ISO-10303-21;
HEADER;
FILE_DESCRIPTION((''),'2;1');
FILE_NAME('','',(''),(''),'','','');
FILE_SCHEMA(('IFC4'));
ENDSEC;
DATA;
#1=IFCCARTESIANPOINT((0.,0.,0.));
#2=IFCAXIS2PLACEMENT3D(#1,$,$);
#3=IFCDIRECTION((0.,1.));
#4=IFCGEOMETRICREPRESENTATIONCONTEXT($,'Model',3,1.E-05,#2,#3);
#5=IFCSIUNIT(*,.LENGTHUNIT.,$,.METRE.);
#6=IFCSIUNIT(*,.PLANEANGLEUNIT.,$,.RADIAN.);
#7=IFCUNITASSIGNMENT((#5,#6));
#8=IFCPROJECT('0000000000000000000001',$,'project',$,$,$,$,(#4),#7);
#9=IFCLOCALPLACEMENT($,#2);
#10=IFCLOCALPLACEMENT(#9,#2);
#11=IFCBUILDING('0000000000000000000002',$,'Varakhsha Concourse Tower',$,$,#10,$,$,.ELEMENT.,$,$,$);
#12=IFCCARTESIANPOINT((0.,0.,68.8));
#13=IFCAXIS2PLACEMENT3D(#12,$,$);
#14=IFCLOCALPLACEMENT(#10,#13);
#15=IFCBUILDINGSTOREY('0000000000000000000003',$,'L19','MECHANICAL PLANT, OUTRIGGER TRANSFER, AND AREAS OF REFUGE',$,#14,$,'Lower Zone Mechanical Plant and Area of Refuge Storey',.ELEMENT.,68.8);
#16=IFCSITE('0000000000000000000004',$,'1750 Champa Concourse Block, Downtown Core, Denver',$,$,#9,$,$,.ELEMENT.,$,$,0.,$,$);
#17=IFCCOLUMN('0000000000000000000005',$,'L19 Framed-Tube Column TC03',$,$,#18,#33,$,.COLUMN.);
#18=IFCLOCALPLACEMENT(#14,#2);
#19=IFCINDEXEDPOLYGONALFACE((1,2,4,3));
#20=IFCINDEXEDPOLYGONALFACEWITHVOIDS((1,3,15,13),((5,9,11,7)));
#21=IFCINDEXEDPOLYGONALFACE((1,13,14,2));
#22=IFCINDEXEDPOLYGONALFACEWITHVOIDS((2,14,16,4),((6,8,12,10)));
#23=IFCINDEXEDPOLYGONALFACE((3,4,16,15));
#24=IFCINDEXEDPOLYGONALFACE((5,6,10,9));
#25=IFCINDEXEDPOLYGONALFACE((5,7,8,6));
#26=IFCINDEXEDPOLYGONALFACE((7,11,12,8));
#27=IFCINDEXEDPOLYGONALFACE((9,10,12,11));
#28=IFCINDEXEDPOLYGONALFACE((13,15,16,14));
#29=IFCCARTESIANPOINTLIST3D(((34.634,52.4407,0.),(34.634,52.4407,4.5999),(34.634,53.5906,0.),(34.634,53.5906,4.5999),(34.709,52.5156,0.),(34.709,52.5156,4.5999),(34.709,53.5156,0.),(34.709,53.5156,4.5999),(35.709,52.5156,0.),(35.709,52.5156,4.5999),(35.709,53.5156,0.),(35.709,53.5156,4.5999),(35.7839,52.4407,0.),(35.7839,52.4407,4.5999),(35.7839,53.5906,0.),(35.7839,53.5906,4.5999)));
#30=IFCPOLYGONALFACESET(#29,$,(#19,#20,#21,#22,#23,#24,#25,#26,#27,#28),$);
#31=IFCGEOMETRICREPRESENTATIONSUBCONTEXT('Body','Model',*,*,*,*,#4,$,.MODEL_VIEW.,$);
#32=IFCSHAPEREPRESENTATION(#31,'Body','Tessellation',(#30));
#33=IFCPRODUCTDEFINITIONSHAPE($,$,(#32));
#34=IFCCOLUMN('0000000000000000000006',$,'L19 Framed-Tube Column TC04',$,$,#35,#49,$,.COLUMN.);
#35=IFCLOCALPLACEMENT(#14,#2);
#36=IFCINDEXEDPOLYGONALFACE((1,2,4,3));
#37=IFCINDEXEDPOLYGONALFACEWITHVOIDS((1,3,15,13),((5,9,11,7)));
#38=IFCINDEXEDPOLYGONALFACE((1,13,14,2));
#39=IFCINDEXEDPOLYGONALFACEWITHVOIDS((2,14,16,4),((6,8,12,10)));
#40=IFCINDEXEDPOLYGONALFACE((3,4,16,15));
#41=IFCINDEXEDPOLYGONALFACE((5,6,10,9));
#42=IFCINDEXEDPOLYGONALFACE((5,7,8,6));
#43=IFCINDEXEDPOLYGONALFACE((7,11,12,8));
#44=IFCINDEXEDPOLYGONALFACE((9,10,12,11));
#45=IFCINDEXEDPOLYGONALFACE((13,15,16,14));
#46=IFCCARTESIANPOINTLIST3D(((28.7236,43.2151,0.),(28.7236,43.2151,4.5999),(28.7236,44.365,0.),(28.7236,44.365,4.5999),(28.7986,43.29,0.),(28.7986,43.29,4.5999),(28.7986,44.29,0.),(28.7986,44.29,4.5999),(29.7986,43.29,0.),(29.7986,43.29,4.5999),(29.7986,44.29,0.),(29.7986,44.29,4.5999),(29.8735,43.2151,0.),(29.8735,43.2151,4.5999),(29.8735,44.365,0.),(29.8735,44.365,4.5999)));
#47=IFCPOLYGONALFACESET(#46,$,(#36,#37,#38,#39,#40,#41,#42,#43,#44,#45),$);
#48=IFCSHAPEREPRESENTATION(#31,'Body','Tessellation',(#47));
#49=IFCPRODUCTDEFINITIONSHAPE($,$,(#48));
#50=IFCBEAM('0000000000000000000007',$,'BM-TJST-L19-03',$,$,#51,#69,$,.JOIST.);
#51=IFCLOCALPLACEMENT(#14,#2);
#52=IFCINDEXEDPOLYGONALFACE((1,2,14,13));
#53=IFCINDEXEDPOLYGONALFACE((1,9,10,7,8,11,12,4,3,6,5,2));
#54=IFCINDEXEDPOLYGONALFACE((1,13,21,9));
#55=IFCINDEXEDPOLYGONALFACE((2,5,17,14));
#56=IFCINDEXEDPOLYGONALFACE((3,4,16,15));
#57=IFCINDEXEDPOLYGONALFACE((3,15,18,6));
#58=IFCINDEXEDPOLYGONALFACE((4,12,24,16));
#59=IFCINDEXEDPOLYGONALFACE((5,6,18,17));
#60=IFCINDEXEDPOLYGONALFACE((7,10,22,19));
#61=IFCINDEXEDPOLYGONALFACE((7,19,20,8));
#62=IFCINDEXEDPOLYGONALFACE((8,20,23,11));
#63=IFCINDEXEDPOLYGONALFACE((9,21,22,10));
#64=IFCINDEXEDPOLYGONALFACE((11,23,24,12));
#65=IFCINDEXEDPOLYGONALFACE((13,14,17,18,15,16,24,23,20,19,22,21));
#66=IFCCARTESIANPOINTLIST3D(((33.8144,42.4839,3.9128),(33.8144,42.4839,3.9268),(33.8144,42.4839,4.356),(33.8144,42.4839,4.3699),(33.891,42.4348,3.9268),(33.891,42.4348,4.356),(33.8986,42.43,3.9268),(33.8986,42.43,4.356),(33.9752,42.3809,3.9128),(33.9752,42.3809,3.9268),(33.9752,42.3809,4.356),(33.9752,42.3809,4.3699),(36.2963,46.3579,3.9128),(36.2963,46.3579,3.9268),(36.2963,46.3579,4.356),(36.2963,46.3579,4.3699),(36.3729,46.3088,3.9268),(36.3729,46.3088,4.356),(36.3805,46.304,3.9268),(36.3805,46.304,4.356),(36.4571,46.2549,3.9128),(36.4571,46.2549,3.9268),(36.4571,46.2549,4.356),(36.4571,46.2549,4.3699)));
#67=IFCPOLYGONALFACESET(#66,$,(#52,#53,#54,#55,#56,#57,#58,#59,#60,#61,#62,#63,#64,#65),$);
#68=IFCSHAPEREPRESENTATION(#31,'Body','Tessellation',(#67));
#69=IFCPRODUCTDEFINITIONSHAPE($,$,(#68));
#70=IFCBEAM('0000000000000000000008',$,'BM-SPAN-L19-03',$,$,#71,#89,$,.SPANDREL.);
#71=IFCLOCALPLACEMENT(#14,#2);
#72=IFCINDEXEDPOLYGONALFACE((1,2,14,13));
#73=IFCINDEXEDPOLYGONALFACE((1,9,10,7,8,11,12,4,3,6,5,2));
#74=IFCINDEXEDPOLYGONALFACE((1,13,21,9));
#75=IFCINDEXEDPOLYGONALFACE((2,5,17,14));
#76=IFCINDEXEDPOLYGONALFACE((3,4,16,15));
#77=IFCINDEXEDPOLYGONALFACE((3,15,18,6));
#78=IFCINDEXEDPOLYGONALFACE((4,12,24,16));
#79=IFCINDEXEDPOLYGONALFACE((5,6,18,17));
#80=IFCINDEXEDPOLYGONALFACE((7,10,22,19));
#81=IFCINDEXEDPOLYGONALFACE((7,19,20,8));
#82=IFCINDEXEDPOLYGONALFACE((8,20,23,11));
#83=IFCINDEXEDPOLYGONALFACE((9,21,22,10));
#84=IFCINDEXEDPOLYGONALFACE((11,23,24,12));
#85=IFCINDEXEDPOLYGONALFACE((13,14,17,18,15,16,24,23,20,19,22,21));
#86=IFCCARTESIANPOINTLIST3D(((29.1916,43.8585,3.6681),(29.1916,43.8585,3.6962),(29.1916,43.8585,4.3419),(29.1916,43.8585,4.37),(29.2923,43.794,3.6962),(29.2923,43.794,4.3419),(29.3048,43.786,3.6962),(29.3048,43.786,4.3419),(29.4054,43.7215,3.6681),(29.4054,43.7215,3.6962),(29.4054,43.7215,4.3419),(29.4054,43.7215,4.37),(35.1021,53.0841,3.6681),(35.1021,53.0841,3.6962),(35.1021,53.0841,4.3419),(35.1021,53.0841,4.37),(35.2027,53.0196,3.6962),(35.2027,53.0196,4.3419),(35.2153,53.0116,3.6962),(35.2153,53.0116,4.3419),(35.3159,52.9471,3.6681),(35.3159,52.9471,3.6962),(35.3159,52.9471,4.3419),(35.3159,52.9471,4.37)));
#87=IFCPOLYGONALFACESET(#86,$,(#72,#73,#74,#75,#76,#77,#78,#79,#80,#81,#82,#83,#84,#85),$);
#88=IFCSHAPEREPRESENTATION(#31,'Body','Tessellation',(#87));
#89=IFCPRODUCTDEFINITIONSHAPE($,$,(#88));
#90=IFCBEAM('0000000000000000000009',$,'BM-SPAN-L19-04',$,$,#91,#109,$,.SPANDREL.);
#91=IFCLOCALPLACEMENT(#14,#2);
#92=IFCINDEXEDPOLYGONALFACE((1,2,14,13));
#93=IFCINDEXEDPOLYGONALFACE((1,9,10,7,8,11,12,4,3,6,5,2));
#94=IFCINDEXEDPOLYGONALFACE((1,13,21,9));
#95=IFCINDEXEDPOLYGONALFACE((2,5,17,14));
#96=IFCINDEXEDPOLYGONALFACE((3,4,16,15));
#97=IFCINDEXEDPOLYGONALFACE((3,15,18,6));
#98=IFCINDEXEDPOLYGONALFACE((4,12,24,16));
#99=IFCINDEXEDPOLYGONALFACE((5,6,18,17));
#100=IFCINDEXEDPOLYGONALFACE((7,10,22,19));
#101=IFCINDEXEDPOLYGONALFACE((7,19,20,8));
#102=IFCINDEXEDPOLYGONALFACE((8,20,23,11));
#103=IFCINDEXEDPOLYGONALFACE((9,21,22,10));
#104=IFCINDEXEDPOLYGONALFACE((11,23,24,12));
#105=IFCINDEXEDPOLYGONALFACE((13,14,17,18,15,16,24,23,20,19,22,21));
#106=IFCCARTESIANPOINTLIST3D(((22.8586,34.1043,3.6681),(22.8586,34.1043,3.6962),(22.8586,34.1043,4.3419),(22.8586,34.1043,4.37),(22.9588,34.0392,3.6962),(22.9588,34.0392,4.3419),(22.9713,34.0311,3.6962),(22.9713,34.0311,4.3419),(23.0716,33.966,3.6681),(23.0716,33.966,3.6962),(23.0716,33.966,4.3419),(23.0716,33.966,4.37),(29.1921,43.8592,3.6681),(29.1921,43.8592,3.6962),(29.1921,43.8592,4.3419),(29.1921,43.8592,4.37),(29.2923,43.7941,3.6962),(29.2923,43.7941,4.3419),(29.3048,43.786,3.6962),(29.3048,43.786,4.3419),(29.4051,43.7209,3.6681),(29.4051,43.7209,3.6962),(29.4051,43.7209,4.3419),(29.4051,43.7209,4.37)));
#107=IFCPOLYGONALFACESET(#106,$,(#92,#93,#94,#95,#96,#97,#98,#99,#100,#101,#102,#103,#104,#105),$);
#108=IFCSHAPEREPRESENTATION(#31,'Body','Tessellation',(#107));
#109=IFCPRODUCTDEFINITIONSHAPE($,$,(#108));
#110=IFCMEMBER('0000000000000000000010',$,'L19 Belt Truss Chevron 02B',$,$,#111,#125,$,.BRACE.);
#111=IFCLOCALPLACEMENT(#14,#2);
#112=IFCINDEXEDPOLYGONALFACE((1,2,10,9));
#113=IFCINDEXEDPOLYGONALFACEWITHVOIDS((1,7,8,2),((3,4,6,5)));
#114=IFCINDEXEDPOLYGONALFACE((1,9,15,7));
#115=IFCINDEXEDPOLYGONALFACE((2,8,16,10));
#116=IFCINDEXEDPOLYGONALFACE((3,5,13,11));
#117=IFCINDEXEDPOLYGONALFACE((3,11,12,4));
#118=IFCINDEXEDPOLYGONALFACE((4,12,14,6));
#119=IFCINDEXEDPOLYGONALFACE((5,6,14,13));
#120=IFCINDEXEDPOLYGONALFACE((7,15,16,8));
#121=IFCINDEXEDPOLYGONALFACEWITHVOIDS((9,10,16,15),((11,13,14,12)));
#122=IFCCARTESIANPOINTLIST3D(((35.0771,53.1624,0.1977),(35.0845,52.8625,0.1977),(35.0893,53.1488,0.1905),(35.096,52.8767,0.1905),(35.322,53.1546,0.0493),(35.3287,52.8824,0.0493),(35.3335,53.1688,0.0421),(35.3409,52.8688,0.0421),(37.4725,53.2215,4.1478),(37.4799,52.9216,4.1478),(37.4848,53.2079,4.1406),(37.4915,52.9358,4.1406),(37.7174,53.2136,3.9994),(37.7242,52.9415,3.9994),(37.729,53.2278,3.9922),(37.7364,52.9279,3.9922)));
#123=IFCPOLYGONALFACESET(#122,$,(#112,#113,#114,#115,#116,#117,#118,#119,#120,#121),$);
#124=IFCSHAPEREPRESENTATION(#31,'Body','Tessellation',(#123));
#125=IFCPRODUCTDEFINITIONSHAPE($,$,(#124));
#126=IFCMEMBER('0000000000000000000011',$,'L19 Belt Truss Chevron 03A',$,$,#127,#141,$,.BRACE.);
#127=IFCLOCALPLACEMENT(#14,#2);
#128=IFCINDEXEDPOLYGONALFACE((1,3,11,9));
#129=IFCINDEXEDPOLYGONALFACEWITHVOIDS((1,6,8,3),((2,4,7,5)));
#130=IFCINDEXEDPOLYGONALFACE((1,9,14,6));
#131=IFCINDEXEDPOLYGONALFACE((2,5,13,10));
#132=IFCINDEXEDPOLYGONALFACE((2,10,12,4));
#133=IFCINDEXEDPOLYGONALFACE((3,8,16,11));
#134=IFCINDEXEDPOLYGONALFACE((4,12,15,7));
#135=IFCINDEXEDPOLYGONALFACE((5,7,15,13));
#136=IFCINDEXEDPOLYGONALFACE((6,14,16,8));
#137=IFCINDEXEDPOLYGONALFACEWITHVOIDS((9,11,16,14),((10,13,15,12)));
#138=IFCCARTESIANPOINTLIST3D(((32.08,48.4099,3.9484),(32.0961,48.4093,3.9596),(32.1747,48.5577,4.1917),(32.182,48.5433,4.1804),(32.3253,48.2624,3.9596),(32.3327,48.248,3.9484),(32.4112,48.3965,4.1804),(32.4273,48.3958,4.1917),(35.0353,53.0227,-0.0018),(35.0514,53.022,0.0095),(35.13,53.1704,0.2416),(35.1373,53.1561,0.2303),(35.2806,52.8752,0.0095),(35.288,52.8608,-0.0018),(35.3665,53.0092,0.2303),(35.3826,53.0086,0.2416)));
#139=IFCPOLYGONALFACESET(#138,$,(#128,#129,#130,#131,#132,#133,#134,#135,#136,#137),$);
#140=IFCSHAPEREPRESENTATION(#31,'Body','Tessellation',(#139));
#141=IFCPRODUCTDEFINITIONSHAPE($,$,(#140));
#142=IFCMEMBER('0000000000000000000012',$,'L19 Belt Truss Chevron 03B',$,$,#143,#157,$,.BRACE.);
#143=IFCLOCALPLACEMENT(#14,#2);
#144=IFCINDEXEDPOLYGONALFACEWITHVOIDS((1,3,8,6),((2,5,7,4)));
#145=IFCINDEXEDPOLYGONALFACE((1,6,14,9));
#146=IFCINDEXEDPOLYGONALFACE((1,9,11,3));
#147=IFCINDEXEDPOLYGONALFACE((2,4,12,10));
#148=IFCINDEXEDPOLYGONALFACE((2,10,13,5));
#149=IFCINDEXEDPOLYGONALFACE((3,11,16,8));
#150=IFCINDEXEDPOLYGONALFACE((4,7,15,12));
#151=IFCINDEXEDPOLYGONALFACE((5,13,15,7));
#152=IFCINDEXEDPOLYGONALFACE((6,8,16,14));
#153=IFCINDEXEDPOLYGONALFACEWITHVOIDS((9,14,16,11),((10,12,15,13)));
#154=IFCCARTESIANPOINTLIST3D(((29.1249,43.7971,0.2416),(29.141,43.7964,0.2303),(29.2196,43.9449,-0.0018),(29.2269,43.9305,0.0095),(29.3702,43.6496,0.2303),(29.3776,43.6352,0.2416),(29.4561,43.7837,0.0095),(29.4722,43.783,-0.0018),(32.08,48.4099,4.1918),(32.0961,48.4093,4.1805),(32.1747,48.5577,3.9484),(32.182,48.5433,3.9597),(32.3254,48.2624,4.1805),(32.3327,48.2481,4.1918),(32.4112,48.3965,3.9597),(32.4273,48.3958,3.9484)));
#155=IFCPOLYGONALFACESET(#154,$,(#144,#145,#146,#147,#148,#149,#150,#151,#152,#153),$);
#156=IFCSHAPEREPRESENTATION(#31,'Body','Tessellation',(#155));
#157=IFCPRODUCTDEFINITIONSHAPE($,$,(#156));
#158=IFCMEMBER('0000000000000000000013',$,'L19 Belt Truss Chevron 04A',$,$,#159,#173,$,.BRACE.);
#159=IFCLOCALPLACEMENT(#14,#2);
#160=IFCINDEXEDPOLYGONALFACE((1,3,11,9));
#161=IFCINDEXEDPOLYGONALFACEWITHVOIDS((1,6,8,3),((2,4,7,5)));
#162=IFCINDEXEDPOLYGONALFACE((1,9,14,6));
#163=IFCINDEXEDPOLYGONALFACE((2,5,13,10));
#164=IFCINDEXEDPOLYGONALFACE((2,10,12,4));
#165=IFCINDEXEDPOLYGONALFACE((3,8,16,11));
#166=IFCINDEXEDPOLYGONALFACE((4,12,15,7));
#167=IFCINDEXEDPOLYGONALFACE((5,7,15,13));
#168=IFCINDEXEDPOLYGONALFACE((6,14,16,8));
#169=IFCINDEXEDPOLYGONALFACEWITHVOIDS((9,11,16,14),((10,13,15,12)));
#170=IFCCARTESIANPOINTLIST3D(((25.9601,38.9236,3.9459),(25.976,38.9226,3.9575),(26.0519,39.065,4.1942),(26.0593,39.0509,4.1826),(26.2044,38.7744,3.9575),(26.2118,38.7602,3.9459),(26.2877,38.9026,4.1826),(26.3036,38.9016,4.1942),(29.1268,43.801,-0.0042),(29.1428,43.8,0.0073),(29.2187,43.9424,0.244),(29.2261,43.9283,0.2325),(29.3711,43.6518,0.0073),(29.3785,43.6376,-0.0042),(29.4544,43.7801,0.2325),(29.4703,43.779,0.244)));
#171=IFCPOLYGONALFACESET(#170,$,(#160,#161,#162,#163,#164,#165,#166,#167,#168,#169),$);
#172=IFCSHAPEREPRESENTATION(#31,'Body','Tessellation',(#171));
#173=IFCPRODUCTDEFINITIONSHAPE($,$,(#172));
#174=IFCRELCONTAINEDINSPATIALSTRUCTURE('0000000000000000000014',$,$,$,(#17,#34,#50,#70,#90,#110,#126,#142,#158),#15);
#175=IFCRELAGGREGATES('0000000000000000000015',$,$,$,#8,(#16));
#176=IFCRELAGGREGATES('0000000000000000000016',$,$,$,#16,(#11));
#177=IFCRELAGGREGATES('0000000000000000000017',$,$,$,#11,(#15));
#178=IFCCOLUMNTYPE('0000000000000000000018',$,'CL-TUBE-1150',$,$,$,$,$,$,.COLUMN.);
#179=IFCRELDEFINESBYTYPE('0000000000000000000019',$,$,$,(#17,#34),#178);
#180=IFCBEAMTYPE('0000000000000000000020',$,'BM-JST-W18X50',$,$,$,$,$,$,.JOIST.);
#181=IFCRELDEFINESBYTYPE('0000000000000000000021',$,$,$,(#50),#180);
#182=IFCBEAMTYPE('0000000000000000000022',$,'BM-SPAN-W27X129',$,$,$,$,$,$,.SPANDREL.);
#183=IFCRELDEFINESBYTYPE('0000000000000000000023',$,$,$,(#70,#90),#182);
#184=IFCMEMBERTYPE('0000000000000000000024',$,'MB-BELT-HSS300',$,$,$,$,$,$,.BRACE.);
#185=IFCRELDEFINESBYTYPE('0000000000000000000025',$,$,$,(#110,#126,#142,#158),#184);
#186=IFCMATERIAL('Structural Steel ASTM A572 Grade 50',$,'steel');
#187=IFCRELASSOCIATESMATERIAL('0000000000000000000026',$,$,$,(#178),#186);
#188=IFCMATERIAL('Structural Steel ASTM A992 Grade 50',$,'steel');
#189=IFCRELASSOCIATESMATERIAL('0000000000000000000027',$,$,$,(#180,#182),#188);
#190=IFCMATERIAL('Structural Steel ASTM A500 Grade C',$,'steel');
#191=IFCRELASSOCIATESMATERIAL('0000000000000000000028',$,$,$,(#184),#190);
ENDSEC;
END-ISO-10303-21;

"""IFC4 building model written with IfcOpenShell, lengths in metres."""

from ifc_helpers import new_model, si_unit, direction, frame, origin, origin_2d, place, context, subcontext, project, spatial, hollow_rectangle, i_section, extrude, source, transform, mapped, material, material_profile, profile_set, type_object, type_shapes, element, save


model = new_model("IFC4")

# Units and contexts
model_context = context("Model", 3, precision=1e-05, world=origin(), true_north=direction((0.0, 1.0)))
body_context = subcontext(model_context, "Body", "Model", "MODEL_VIEW")
ifc_project = project(units=[si_unit("LENGTHUNIT", "METRE"), si_unit("PLANEANGLEUNIT", "RADIAN")], contexts=[model_context])

# Site, building, storey
site_placement = place(None, origin())
site = spatial("IfcSite", under=ifc_project, at=site_placement, Name="1750 Champa Concourse Block, Downtown Core, Denver", CompositionType="ELEMENT", RefElevation=0.0)
building_placement = place(site_placement, origin())
building = spatial("IfcBuilding", under=site, at=building_placement, Name="Varakhsha Concourse Tower", CompositionType="ELEMENT")
storey_placement = place(building_placement, frame((0.0, 0.0, 68.8)))
storey = spatial("IfcBuildingStorey", under=building, at=storey_placement, Name="L19", Description="MECHANICAL PLANT, OUTRIGGER TRANSFER, AND AREAS OF REFUGE", LongName="Lower Zone Mechanical Plant and Area of Refuge Storey", CompositionType="ELEMENT", Elevation=68.8)

# Columns
ifc_material_1 = material(Name="Structural Steel ASTM A572 Grade 50", Category="steel")
ifc_material_profile_1 = material_profile(ifc_material_1, hollow_rectangle(XDim=1.1499, YDim=1.1499, WallThickness=0.075, at=origin_2d()), Name="BOX 1150x1150x75")
ifc_profile_set_1 = profile_set([ifc_material_profile_1], Name="Structural Steel ASTM A572 Grade 50")
column_type = type_object("IfcColumnType", Name="CL-TUBE-1150", PredefinedType="COLUMN", material=ifc_profile_set_1)
for number, where, z_axis, x_axis, name in (
    (1, (35.209, 53.0156, 0.0), (0.0, 0.0, 1.0), (1.0, 0.0, 0.0), "L19 Framed-Tube Column TC03"),
    (2, (29.2986, 43.79, 0.0), (0.0, 0.0, 1.0), (1.0, 0.0, 0.0), "L19 Framed-Tube Column TC04"),
):
    element("IfcColumn", number, at=place(storey_placement, frame(where, z_axis=z_axis, x_axis=x_axis)), inside=storey, type_object=column_type, Name=name, PredefinedType="COLUMN", context=body_context, shape_type="SweptSolid", body=[
        extrude(hollow_rectangle(XDim=1.1499, YDim=1.1499, WallThickness=0.075, at=origin_2d()), origin(), (0.0, 0.0, 1.0), 4.5999),
    ])

# Beams
ifc_material_2 = material(Name="Structural Steel ASTM A992 Grade 50", Category="steel")
ifc_material_profile_2 = material_profile(ifc_material_2, i_section(OverallWidth=0.1909, OverallDepth=0.457, WebThickness=0.009, FlangeThickness=0.0139, at=origin_2d()), Name="W18X50")
ifc_profile_set_2 = profile_set([ifc_material_profile_2], Name="Structural Steel ASTM A992 Grade 50")
beam_type_1 = type_object("IfcBeamType", Name="BM-JST-W18X50", PredefinedType="JOIST", material=ifc_profile_set_2)
beam_1_placement = place(storey_placement, frame((36.3767, 46.3064, 4.1414), z_axis=(-0.539448, -0.842019, 0.0), x_axis=(0.842019, -0.539448, 0.0)))
element("IfcBeam", 3, at=beam_1_placement, inside=storey, type_object=beam_type_1, Name="BM-TJST-L19-03", PredefinedType="JOIST", context=body_context, shape_type="SweptSolid", body=[
    extrude(i_section(OverallWidth=0.1909, OverallDepth=0.457, WebThickness=0.009, FlangeThickness=0.0139, at=origin_2d()), origin(), (0.0, 0.0, 1.0), 4.6008),
])
ifc_material_profile_3 = material_profile(ifc_material_2, i_section(OverallWidth=0.2539, OverallDepth=0.7019, WebThickness=0.0149, FlangeThickness=0.0281, at=origin_2d()), Name="W27X129")
ifc_profile_set_3 = profile_set([ifc_material_profile_3], Name="Structural Steel ASTM A992 Grade 50")
beam_type_2 = type_object("IfcBeamType", Name="BM-SPAN-W27X129", PredefinedType="SPANDREL", material=ifc_profile_set_3)
beam_2_placement = place(storey_placement, frame((35.209, 53.0156, 4.019), z_axis=(-0.539444, -0.842022, 0.0), x_axis=(0.842022, -0.539444, 0.0)))
element("IfcBeam", 4, at=beam_2_placement, inside=storey, type_object=beam_type_2, Name="BM-SPAN-L19-03", PredefinedType="SPANDREL", context=body_context, shape_type="SweptSolid", body=[
    extrude(i_section(OverallWidth=0.2539, OverallDepth=0.7019, WebThickness=0.0149, FlangeThickness=0.0281, at=origin_2d()), origin(), (0.0, 0.0, 1.0), 10.9565),
])
beam_3_placement = place(storey_placement, frame((29.2986, 43.79, 4.019), z_axis=(-0.544554, -0.838726, 0.0), x_axis=(0.838726, -0.544554, 0.0)))
element("IfcBeam", 5, at=beam_3_placement, inside=storey, type_object=beam_type_2, Name="BM-SPAN-L19-04", PredefinedType="SPANDREL", context=body_context, shape_type="SweptSolid", body=[
    extrude(i_section(OverallWidth=0.2539, OverallDepth=0.7019, WebThickness=0.0149, FlangeThickness=0.0281, at=origin_2d()), origin(), (0.0, 0.0, 1.0), 11.6306),
])

# Members
ifc_material_3 = material(Name="Structural Steel ASTM A500 Grade C", Category="steel")
ifc_material_profile_4 = material_profile(ifc_material_3, hollow_rectangle(XDim=0.3, YDim=0.3, WallThickness=0.0139, at=origin_2d()), Name="HSS 300x300x14")
ifc_profile_set_4 = profile_set([ifc_material_profile_4], Name="Structural Steel ASTM A500 Grade C")
member_type_1 = type_object("IfcMemberType", Name="MB-BELT-HSS300", PredefinedType="BRACE", material=ifc_profile_set_4)
shared_shape_1 = source(origin(), body_context, "Body", "SweptSolid", [
    extrude(hollow_rectangle(XDim=0.3, YDim=0.3, WallThickness=0.0139, at=origin_2d()), origin(), (0.0, 0.0, 1.0), 4.6201),
])
member_1_placement = place(storey_placement, frame((35.209, 53.0156, 0.1199), z_axis=(0.518489, 0.012788, 0.854989), x_axis=(-0.024656, 0.999696, 0.0)))
element("IfcMember", 6, at=member_1_placement, inside=storey, type_object=member_type_1, Name="L19 Belt Truss Chevron 02B", PredefinedType="BRACE", context=body_context, shape_type="MappedRepresentation", body=[
    mapped(shared_shape_1, transform((0.0, 0.0, 0.0), scale=1.0)),
])
shared_shape_2 = source(origin(), body_context, "Body", "SweptSolid", [
    extrude(hollow_rectangle(XDim=0.3, YDim=0.3, WallThickness=0.0139, at=origin_2d()), origin(), (0.0, 0.0, 1.0), 6.7539),
])
for number, where, z_axis, x_axis, name in (
    (7, (35.209, 53.0156, 0.1199), (-0.43757, -0.682977, 0.584872), (0.842012, -0.53946, 0.0), "L19 Belt Truss Chevron 03A"),
    (8, (29.2986, 43.79, 0.1199), (0.43754, 0.682988, 0.584881), (-0.842032, 0.539428, 0.0), "L19 Belt Truss Chevron 03B"),
):
    element("IfcMember", number, at=place(storey_placement, frame(where, z_axis=z_axis, x_axis=x_axis)), inside=storey, type_object=member_type_1, Name=name, PredefinedType="BRACE", context=body_context, shape_type="MappedRepresentation", body=[
        mapped(shared_shape_2, transform((0.0, 0.0, 0.0), scale=1.0)),
    ])
shared_shape_3 = source(origin(), body_context, "Body", "SweptSolid", [
    extrude(hollow_rectangle(XDim=0.3, YDim=0.3, WallThickness=0.0139, at=origin_2d()), origin(), (0.0, 0.0, 1.0), 7.03),
])
type_shapes(member_type_1, [shared_shape_1, shared_shape_2, shared_shape_3])
member_2_placement = place(storey_placement, frame((29.2986, 43.79, 0.1199), z_axis=(-0.450458, -0.693798, 0.5619), x_axis=(0.838726, -0.544554, 0.0)))
element("IfcMember", 9, at=member_2_placement, inside=storey, type_object=member_type_1, Name="L19 Belt Truss Chevron 04A", PredefinedType="BRACE", context=body_context, shape_type="MappedRepresentation", body=[
    mapped(shared_shape_3, transform((0.0, 0.0, 0.0), scale=1.0)),
])

save(model, "model.ifc")
